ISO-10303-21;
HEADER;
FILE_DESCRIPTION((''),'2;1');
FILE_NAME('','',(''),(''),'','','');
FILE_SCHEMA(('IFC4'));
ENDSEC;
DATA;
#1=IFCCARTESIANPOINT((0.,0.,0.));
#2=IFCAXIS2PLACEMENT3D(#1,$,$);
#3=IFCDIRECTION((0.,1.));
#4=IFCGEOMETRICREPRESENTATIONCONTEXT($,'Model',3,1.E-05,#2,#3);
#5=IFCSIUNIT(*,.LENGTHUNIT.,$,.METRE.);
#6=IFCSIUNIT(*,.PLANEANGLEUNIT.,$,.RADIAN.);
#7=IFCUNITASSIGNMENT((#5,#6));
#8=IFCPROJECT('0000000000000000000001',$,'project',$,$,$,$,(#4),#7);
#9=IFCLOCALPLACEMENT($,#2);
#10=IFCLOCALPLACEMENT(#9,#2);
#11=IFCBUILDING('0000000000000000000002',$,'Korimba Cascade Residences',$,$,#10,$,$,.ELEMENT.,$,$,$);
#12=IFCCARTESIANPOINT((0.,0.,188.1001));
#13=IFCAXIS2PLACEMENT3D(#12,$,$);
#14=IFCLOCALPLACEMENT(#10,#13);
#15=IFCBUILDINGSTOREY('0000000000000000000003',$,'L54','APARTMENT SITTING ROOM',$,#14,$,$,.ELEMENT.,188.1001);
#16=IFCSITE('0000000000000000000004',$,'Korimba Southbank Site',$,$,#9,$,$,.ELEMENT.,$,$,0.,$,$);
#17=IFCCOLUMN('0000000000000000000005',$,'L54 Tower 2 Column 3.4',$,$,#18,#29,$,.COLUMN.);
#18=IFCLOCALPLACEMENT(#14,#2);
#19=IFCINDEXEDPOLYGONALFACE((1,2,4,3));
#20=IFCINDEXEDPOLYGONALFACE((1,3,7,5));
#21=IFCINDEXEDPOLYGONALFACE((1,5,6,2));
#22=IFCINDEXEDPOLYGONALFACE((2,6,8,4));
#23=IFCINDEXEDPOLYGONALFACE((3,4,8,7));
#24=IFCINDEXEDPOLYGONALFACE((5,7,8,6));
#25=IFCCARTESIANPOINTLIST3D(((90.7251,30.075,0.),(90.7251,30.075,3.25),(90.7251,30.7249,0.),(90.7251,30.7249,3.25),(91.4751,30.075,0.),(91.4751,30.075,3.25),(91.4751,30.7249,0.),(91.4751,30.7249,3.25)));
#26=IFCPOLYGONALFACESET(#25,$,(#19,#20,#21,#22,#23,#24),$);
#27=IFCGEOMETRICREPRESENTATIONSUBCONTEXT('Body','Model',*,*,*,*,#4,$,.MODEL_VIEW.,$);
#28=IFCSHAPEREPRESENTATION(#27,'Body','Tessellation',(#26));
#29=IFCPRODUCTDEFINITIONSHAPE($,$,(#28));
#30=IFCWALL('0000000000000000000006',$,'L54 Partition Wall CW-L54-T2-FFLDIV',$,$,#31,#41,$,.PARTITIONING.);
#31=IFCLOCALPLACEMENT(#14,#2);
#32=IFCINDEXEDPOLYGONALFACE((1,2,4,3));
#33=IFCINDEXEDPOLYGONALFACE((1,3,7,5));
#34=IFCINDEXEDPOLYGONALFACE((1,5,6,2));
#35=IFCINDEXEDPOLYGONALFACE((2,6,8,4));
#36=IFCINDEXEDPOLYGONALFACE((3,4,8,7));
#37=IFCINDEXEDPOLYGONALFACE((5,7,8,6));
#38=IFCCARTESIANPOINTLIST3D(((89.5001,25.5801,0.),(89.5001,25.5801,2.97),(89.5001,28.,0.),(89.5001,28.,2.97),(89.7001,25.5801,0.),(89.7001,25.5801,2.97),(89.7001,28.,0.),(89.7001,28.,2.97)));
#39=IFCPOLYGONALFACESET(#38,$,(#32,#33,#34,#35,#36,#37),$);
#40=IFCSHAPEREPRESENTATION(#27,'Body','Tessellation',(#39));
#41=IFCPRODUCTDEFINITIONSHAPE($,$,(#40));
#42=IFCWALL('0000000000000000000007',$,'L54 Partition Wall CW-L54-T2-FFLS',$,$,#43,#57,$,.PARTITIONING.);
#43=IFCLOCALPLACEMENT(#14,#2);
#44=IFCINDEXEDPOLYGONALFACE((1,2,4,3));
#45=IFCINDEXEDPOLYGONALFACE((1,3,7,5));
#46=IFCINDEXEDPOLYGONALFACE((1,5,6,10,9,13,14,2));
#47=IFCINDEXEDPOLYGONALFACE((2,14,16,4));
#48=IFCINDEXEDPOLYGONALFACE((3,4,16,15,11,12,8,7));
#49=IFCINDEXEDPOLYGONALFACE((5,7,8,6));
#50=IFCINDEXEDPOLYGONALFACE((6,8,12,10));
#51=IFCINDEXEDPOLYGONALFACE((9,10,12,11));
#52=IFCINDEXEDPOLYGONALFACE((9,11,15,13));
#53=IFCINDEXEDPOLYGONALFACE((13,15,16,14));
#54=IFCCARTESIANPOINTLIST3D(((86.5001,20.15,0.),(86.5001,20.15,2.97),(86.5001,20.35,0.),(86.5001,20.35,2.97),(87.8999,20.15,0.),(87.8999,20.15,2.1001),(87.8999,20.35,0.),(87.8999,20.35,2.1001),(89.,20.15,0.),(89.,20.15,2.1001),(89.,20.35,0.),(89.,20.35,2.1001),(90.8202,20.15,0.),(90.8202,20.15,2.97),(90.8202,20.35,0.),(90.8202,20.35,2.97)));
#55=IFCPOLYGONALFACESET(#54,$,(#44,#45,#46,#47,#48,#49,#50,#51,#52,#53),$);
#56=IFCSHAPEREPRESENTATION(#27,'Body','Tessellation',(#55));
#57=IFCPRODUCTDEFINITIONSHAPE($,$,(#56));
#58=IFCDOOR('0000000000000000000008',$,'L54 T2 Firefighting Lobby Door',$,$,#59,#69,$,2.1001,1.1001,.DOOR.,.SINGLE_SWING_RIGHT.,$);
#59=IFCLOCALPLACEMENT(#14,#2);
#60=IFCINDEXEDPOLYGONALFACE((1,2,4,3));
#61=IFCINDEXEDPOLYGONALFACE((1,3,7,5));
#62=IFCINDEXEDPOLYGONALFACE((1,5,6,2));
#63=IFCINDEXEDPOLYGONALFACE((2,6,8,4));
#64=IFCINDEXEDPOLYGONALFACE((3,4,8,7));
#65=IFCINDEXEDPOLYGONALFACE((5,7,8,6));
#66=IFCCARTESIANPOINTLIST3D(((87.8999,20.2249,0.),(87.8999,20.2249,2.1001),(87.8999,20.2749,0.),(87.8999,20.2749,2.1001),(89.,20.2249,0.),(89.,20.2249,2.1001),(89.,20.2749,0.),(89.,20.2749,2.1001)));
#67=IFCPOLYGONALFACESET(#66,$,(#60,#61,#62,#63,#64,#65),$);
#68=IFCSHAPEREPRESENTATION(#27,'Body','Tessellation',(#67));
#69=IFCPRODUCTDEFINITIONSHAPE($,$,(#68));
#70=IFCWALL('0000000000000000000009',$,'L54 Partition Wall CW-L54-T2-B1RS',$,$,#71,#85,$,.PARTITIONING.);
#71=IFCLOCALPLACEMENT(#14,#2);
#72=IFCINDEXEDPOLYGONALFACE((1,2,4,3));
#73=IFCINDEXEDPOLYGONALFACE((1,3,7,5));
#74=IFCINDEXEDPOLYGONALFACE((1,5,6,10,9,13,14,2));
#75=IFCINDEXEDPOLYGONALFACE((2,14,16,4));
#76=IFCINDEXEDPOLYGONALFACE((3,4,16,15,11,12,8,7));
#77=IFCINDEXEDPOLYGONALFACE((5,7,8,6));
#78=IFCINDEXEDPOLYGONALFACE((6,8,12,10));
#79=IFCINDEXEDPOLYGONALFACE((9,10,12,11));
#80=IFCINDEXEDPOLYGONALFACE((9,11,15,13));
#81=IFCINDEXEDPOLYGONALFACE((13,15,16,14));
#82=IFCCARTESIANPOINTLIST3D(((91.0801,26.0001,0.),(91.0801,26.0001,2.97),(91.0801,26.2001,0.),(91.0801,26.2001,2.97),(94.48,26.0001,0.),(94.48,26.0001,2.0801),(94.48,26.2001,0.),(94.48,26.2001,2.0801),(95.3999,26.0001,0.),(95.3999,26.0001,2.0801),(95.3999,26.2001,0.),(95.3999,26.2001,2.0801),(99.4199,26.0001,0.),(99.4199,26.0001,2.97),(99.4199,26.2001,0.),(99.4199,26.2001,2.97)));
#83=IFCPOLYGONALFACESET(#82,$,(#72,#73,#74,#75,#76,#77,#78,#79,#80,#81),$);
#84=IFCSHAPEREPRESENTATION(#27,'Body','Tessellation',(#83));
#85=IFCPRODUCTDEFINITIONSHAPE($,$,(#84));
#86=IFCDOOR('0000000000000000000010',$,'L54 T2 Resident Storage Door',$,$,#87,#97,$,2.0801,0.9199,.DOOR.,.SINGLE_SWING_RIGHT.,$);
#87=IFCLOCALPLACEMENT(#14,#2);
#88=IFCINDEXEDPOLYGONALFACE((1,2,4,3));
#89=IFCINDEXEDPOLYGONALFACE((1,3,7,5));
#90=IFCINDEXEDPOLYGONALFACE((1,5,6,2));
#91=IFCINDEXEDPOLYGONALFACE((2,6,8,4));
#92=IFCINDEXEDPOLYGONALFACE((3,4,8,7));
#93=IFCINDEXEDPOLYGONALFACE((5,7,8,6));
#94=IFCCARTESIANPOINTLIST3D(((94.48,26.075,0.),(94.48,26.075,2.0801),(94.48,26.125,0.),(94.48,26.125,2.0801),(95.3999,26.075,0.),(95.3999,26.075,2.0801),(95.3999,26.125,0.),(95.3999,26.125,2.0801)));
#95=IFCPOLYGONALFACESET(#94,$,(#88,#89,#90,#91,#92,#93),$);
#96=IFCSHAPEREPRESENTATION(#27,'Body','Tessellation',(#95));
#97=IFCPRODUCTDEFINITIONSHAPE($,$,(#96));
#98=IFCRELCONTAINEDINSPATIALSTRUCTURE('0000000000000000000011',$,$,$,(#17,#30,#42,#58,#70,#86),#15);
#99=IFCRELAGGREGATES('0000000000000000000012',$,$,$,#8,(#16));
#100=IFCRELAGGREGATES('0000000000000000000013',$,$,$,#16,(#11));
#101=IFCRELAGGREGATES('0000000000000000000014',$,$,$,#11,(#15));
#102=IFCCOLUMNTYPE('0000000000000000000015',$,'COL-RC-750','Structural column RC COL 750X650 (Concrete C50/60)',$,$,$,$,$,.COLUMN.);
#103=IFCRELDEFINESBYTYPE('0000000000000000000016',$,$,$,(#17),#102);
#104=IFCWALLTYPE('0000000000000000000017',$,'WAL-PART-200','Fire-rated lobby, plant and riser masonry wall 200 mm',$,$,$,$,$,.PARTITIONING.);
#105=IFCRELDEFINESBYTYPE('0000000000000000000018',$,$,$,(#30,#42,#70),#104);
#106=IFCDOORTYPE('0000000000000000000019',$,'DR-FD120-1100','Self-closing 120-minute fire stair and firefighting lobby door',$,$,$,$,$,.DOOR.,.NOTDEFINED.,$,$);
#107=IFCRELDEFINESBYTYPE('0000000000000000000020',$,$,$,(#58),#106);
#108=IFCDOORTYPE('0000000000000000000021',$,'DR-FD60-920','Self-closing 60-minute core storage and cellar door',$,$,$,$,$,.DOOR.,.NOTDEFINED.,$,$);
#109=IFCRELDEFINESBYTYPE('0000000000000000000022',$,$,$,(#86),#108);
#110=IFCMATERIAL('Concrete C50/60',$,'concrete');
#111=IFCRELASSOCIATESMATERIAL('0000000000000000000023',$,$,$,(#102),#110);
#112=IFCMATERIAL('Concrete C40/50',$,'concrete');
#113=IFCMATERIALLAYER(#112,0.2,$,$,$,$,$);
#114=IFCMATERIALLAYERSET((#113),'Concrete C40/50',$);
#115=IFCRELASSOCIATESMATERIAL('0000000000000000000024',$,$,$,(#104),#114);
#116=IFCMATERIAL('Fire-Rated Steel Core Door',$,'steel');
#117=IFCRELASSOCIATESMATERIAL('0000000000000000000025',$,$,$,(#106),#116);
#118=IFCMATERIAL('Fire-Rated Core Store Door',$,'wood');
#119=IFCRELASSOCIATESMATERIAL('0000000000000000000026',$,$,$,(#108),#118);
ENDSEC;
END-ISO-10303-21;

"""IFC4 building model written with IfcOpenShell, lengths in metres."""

from ifc_helpers import new_model, si_unit, direction, frame, frame_2d, origin, origin_2d, place, context, subcontext, project, spatial, rectangle, extrude, material, layer, layer_set, material_profile, profile_set, type_object, element, fill, save


model = new_model("IFC4")

# Units and contexts
model_context = context("Model", 3, precision=1e-05, world=origin(), true_north=direction((0.0, 1.0)))
body_context = subcontext(model_context, "Body", "Model", "MODEL_VIEW")
ifc_project = project(units=[si_unit("LENGTHUNIT", "METRE"), si_unit("PLANEANGLEUNIT", "RADIAN")], contexts=[model_context])

# Site, building, storey
site_placement = place(None, origin())
site = spatial("IfcSite", under=ifc_project, at=site_placement, Name="Korimba Southbank Site", CompositionType="ELEMENT", RefElevation=0.0)
building_placement = place(site_placement, origin())
building = spatial("IfcBuilding", under=site, at=building_placement, Name="Korimba Cascade Residences", CompositionType="ELEMENT")
storey_placement = place(building_placement, frame((0.0, 0.0, 188.1001)))
storey = spatial("IfcBuildingStorey", under=building, at=storey_placement, Name="L54", Description="APARTMENT SITTING ROOM", CompositionType="ELEMENT", Elevation=188.1001)

# Column
ifc_material_1 = material(Name="Concrete C50/60", Category="concrete")
ifc_material_profile = material_profile(ifc_material_1, rectangle(XDim=0.75, YDim=0.6499, at=origin_2d()), Name="Concrete C50/60")
ifc_profile_set = profile_set([ifc_material_profile], Name="Concrete C50/60")
column_type = type_object("IfcColumnType", Name="COL-RC-750", Description="Structural column RC COL 750X650 (Concrete C50/60)", PredefinedType="COLUMN", material=ifc_profile_set)
column_placement = place(storey_placement, frame((91.1001, 30.3999, 0.0), z_axis=(0.0, 0.0, 1.0), x_axis=(1.0, 0.0, 0.0)))
element("IfcColumn", 1, at=column_placement, inside=storey, type_object=column_type, Name="L54 Tower 2 Column 3.4", PredefinedType="COLUMN", context=body_context, shape_type="SweptSolid", body=[
    extrude(rectangle(XDim=0.75, YDim=0.6499, at=origin_2d()), origin(), (0.0, 0.0, 1.0), 3.25),
])

# Wall
ifc_material_2 = material(Name="Concrete C40/50", Category="concrete")
ifc_layer_1 = layer(ifc_material_2, 0.2)
ifc_layer_set_1 = layer_set([ifc_layer_1], Name="Concrete C40/50")
wall_type_1 = type_object("IfcWallType", Name="WAL-PART-200", Description="Fire-rated lobby, plant and riser masonry wall 200 mm", PredefinedType="PARTITIONING", material=ifc_layer_set_1)
wall_1_placement = place(storey_placement, frame((89.6001, 25.5801, 0.0), z_axis=(0.0, 0.0, 1.0), x_axis=(0.0, 1.0, 0.0)))
element("IfcWall", 2, at=wall_1_placement, inside=storey, type_object=wall_type_1, Name="L54 Partition Wall CW-L54-T2-FFLDIV", PredefinedType="PARTITIONING", context=body_context, shape_type="SweptSolid", body=[
    extrude(rectangle(XDim=2.4199, YDim=0.2, at=frame_2d((1.21, 0.0))), origin(), (0.0, 0.0, 1.0), 2.97),
])

# Walls, openings, doors
wall_2_placement = place(storey_placement, frame((86.5, 20.25, 0.0), z_axis=(0.0, 0.0, 1.0), x_axis=(1.0, 0.0, 0.0)))
wall_2 = element("IfcWall", 3, at=wall_2_placement, inside=storey, type_object=wall_type_1, Name="L54 Partition Wall CW-L54-T2-FFLS", PredefinedType="PARTITIONING", context=body_context, shape_type="SweptSolid", body=[
    extrude(rectangle(XDim=4.3201, YDim=0.2, at=frame_2d((2.1602, 0.0))), origin(), (0.0, 0.0, 1.0), 2.97),
])
opening_1_placement = place(wall_2_placement, frame((1.3999, 0.0, 0.0)))
opening_1 = element("IfcOpeningElement", 4, at=opening_1_placement, cuts=wall_2, PredefinedType="OPENING", context=body_context, shape_type="SweptSolid", body=[
    extrude(rectangle(XDim=1.1001, YDim=2.1001, at=frame_2d((0.55, 1.05))), frame((0.0, 0.1099, 0.0), z_axis=(0.0, -1.0, 0.0), x_axis=(1.0, 0.0, 0.0)), (0.0, 0.0, 1.0), 0.22),
])
ifc_material_3 = material(Name="Fire-Rated Steel Core Door", Category="steel")
door_type_1 = type_object("IfcDoorType", Name="DR-FD120-1100", Description="Self-closing 120-minute fire stair and firefighting lobby door", OperationType="NOTDEFINED", PredefinedType="DOOR", material=ifc_material_3)
door_1_placement = place(opening_1_placement, origin())
door_1 = element("IfcDoor", 5, at=door_1_placement, inside=storey, type_object=door_type_1, Name="L54 T2 Firefighting Lobby Door", OperationType="SINGLE_SWING_RIGHT", OverallHeight=2.1001, OverallWidth=1.1001, PredefinedType="DOOR", context=body_context, shape_type="SweptSolid", body=[
    extrude(rectangle(XDim=1.1001, YDim=2.1001, at=frame_2d((0.55, 1.05))), frame((0.0, 0.0249, 0.0), z_axis=(0.0, -1.0, 0.0), x_axis=(1.0, 0.0, 0.0)), (0.0, 0.0, 1.0), 0.05),
])
fill(opening_1, door_1)
wall_3_placement = place(storey_placement, frame((91.0801, 26.1001, 0.0), z_axis=(0.0, 0.0, 1.0), x_axis=(1.0, 0.0, 0.0)))
wall_3 = element("IfcWall", 6, at=wall_3_placement, inside=storey, type_object=wall_type_1, Name="L54 Partition Wall CW-L54-T2-B1RS", PredefinedType="PARTITIONING", context=body_context, shape_type="SweptSolid", body=[
    extrude(rectangle(XDim=8.3398, YDim=0.2, at=frame_2d((4.1699, 0.0))), origin(), (0.0, 0.0, 1.0), 2.97),
])
opening_2_placement = place(wall_3_placement, frame((3.3999, 0.0, 0.0)))
opening_2 = element("IfcOpeningElement", 7, at=opening_2_placement, cuts=wall_3, PredefinedType="OPENING", context=body_context, shape_type="SweptSolid", body=[
    extrude(rectangle(XDim=0.9199, YDim=2.0801, at=frame_2d((0.46, 1.04))), frame((0.0, 0.1099, 0.0), z_axis=(0.0, -1.0, 0.0), x_axis=(1.0, 0.0, 0.0)), (0.0, 0.0, 1.0), 0.22),
])
ifc_material_4 = material(Name="Fire-Rated Core Store Door", Category="wood")
door_type_2 = type_object("IfcDoorType", Name="DR-FD60-920", Description="Self-closing 60-minute core storage and cellar door", OperationType="NOTDEFINED", PredefinedType="DOOR", material=ifc_material_4)
door_2_placement = place(opening_2_placement, origin())
door_2 = element("IfcDoor", 8, at=door_2_placement, inside=storey, type_object=door_type_2, Name="L54 T2 Resident Storage Door", OperationType="SINGLE_SWING_RIGHT", OverallHeight=2.0801, OverallWidth=0.9199, PredefinedType="DOOR", context=body_context, shape_type="SweptSolid", body=[
    extrude(rectangle(XDim=0.9199, YDim=2.0801, at=frame_2d((0.46, 1.04))), frame((0.0, 0.0249, 0.0), z_axis=(0.0, -1.0, 0.0), x_axis=(1.0, 0.0, 0.0)), (0.0, 0.0, 1.0), 0.05),
])
fill(opening_2, door_2)

save(model, "model.ifc")
